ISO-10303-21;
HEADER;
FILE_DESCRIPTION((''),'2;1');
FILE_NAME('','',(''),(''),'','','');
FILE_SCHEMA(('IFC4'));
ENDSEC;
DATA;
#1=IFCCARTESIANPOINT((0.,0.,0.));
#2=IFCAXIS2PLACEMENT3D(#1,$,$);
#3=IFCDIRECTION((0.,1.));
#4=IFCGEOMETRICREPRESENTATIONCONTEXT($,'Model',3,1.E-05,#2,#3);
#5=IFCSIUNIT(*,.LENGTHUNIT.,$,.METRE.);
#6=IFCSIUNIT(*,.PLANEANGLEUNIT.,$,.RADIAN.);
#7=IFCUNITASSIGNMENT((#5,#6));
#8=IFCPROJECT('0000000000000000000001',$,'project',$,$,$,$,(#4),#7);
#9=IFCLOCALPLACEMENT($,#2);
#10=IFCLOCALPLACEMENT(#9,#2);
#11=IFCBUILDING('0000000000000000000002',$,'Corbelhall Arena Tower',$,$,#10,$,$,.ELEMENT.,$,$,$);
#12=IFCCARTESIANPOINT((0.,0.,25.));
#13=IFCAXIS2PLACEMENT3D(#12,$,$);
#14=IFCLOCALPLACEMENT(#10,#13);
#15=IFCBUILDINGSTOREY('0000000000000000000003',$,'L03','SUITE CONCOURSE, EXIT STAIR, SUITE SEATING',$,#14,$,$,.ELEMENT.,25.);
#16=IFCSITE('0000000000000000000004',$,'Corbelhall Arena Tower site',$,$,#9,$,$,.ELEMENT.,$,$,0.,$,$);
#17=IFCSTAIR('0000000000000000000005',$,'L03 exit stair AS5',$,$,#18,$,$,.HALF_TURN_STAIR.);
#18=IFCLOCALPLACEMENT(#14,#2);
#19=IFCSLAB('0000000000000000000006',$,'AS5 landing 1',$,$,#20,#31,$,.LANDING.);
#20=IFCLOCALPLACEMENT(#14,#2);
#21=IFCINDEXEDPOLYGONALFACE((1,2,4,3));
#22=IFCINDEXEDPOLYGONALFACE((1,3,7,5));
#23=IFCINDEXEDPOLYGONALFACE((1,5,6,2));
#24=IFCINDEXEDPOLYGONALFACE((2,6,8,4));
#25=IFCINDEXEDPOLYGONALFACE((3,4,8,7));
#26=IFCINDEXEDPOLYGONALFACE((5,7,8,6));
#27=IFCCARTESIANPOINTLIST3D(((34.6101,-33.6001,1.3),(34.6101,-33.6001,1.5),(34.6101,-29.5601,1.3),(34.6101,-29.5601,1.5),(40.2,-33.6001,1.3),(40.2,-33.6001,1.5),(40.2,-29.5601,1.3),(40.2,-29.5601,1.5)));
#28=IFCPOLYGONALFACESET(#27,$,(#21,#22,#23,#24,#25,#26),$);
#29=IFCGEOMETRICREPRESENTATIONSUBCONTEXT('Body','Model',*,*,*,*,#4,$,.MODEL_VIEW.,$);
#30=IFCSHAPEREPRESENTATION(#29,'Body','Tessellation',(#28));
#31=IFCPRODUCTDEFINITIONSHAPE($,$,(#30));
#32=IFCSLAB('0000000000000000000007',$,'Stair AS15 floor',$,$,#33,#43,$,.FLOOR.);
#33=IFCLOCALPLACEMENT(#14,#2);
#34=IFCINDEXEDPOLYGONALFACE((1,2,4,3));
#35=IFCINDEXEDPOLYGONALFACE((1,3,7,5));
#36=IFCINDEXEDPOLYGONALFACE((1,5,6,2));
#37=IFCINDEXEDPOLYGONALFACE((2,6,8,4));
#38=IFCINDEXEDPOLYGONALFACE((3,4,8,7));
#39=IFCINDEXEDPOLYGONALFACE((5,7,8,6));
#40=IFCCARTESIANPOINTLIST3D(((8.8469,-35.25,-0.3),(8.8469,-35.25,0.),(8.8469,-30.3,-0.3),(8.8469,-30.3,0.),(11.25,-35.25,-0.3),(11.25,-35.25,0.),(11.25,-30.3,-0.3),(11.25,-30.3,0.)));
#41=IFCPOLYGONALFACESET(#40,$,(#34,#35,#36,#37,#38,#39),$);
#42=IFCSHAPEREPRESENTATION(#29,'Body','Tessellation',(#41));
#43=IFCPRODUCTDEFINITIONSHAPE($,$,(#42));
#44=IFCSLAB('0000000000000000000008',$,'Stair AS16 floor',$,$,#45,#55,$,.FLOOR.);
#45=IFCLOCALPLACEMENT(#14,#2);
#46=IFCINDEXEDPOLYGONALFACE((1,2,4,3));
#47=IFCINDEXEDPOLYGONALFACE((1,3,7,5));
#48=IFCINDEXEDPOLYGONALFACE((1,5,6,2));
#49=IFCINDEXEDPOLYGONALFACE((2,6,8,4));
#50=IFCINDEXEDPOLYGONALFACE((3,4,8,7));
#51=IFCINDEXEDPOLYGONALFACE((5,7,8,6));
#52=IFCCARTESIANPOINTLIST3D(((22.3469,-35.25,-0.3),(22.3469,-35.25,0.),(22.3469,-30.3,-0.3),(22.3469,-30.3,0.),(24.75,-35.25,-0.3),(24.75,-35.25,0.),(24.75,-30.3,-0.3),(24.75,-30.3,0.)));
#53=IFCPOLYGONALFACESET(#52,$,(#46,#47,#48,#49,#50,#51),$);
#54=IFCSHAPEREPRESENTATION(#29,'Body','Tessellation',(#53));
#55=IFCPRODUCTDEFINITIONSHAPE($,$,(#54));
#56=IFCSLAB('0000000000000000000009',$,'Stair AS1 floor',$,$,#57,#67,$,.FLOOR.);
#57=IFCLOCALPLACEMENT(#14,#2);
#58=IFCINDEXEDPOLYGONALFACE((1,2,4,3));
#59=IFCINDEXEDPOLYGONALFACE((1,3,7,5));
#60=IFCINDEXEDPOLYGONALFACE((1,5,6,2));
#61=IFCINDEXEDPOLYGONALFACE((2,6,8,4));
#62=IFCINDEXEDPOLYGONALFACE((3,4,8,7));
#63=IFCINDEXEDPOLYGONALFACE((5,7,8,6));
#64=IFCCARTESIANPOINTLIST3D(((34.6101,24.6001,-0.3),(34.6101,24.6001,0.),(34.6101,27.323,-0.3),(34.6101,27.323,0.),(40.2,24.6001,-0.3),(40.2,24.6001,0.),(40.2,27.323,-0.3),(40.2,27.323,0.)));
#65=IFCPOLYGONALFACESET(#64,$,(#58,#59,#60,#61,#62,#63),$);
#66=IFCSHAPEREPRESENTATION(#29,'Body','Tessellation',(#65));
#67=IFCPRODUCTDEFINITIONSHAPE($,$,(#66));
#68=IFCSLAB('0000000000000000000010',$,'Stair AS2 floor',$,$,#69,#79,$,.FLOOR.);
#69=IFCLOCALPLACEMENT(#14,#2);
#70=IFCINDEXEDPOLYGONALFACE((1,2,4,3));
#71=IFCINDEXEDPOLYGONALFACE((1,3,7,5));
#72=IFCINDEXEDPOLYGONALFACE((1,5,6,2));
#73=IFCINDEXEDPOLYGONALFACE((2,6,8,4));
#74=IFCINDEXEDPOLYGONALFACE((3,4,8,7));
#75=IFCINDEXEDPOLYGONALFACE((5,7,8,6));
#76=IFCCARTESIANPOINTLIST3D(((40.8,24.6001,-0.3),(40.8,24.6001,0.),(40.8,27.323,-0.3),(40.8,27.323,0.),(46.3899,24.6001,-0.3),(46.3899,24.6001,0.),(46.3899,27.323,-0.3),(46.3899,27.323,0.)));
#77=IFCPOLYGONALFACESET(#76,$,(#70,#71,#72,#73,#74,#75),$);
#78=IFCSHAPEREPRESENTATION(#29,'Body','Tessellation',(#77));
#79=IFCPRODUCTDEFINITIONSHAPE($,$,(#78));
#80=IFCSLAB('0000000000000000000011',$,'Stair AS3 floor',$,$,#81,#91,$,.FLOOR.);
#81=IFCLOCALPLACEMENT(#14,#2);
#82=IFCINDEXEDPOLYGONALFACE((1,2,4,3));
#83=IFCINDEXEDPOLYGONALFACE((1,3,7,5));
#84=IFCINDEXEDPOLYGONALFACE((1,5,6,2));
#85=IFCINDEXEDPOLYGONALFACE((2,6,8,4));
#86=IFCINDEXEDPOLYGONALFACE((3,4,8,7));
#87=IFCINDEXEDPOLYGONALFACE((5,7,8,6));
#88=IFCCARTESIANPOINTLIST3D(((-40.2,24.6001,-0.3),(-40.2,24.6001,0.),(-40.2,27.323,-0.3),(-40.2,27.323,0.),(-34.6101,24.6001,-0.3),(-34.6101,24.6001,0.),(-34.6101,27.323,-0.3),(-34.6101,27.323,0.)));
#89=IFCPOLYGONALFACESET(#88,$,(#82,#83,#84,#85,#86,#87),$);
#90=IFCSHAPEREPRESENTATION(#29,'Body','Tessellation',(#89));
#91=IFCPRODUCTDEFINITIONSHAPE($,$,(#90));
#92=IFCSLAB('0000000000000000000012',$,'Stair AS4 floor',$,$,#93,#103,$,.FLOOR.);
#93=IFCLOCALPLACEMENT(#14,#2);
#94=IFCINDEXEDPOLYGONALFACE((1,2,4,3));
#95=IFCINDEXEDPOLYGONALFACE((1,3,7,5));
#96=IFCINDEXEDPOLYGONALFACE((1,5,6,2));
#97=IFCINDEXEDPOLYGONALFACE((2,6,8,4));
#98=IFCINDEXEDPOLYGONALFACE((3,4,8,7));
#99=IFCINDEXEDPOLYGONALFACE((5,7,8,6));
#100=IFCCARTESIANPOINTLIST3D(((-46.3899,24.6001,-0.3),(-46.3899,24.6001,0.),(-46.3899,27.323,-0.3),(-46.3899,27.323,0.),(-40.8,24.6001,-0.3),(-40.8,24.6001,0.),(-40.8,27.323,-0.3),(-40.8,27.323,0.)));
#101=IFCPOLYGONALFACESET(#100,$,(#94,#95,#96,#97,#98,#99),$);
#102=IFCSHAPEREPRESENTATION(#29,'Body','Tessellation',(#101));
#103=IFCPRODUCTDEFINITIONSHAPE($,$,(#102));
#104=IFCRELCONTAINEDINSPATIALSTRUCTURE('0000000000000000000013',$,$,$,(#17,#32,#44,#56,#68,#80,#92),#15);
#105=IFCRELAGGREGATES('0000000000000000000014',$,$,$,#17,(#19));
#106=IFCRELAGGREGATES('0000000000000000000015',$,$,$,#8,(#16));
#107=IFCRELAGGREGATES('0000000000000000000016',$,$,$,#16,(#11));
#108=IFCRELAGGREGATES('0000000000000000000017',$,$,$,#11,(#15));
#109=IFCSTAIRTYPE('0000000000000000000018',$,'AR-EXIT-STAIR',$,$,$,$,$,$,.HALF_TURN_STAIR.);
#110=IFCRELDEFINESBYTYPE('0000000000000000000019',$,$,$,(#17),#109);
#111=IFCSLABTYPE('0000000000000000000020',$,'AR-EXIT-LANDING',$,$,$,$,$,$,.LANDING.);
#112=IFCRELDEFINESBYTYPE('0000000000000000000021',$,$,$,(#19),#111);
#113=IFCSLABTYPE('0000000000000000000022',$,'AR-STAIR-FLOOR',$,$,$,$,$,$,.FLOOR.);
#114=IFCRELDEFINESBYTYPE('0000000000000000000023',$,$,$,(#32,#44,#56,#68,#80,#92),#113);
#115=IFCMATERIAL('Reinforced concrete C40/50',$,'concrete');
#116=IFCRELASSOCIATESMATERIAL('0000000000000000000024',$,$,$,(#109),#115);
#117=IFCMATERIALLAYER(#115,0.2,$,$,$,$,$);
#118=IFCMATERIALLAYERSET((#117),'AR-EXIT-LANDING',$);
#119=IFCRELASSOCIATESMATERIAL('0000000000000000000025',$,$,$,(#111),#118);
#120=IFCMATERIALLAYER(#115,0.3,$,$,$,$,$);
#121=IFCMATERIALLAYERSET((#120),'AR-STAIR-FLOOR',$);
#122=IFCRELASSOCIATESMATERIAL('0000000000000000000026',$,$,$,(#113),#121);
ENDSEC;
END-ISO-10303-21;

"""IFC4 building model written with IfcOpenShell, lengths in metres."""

from ifc_helpers import new_model, si_unit, direction, frame, origin, place, context, subcontext, project, spatial, polyline, outline, extrude, material, layer, layer_set, type_object, element, aggregate, save


model = new_model("IFC4")

# Units and contexts
model_context = context("Model", 3, precision=1e-05, world=origin(), true_north=direction((0.0, 1.0)))
body_context = subcontext(model_context, "Body", "Model", "MODEL_VIEW")
ifc_project = project(units=[si_unit("LENGTHUNIT", "METRE"), si_unit("PLANEANGLEUNIT", "RADIAN")], contexts=[model_context])

# Site, building, storey
site_placement = place(None, origin())
site = spatial("IfcSite", under=ifc_project, at=site_placement, Name="Corbelhall Arena Tower site", CompositionType="ELEMENT", RefElevation=0.0)
building_placement = place(site_placement, origin())
building = spatial("IfcBuilding", under=site, at=building_placement, Name="Corbelhall Arena Tower", CompositionType="ELEMENT")
storey_placement = place(building_placement, frame((0.0, 0.0, 25.0)))
storey = spatial("IfcBuildingStorey", under=building, at=storey_placement, Name="L03", Description="SUITE CONCOURSE, EXIT STAIR, SUITE SEATING", CompositionType="ELEMENT", Elevation=25.0)

# Shared definitions
ifc_material = material(Name="Reinforced concrete C40/50", Category="concrete")
stair_type = type_object("IfcStairType", Name="AR-EXIT-STAIR", PredefinedType="HALF_TURN_STAIR", material=ifc_material)
ifc_layer_1 = layer(ifc_material, 0.2)
ifc_layer_set_1 = layer_set([ifc_layer_1], Name="AR-EXIT-LANDING")
slab_type_1 = type_object("IfcSlabType", Name="AR-EXIT-LANDING", PredefinedType="LANDING", material=ifc_layer_set_1)

# Stair, slab
stair_1_placement = place(storey_placement, origin())
stair_1 = element("IfcStair", 1, at=stair_1_placement, inside=storey, type_object=stair_type, Name="L03 exit stair AS5", PredefinedType="HALF_TURN_STAIR")
slab_1_placement = place(storey_placement, frame((0.0, 0.0, 1.3)))
slab_1 = element("IfcSlab", 2, at=slab_1_placement, type_object=slab_type_1, Name="AS5 landing 1", PredefinedType="LANDING", context=body_context, shape_type="SweptSolid", body=[
    extrude(outline(polyline([(34.6101, -29.5601), (34.6101, -33.6001), (40.2, -33.6001), (40.2, -29.5601), (34.6101, -29.5601)])), origin(), (0.0, 0.0, 1.0), 0.2),
])
aggregate(stair_1, [slab_1])

# Slabs
ifc_layer_2 = layer(ifc_material, 0.3)
ifc_layer_set_2 = layer_set([ifc_layer_2], Name="AR-STAIR-FLOOR")
slab_type_2 = type_object("IfcSlabType", Name="AR-STAIR-FLOOR", PredefinedType="FLOOR", material=ifc_layer_set_2)
slab_2_placement = place(storey_placement, frame((0.0, 0.0, -0.3)))
element("IfcSlab", 3, at=slab_2_placement, inside=storey, type_object=slab_type_2, Name="Stair AS15 floor", PredefinedType="FLOOR", context=body_context, shape_type="SweptSolid", body=[
    extrude(outline(polyline([(11.25, -30.3), (11.25, -35.25), (8.8469, -35.25), (8.8469, -30.3), (11.25, -30.3)])), origin(), (0.0, 0.0, 1.0), 0.3),
])
slab_3_placement = place(storey_placement, frame((0.0, 0.0, -0.3)))
element("IfcSlab", 4, at=slab_3_placement, inside=storey, type_object=slab_type_2, Name="Stair AS16 floor", PredefinedType="FLOOR", context=body_context, shape_type="SweptSolid", body=[
    extrude(outline(polyline([(24.75, -30.3), (24.75, -35.25), (22.3469, -35.25), (22.3469, -30.3), (24.75, -30.3)])), origin(), (0.0, 0.0, 1.0), 0.3),
])
slab_4_placement = place(storey_placement, frame((0.0, 0.0, -0.3)))
element("IfcSlab", 5, at=slab_4_placement, inside=storey, type_object=slab_type_2, Name="Stair AS1 floor", PredefinedType="FLOOR", context=body_context, shape_type="SweptSolid", body=[
    extrude(outline(polyline([(40.2, 24.6001), (34.6101, 24.6001), (34.6101, 27.323), (40.2, 27.323), (40.2, 24.6001)])), origin(), (0.0, 0.0, 1.0), 0.3),
])
slab_5_placement = place(storey_placement, frame((0.0, 0.0, -0.3)))
element("IfcSlab", 6, at=slab_5_placement, inside=storey, type_object=slab_type_2, Name="Stair AS2 floor", PredefinedType="FLOOR", context=body_context, shape_type="SweptSolid", body=[
    extrude(outline(polyline([(46.3899, 24.6001), (40.8, 24.6001), (40.8, 27.323), (46.3899, 27.323), (46.3899, 24.6001)])), origin(), (0.0, 0.0, 1.0), 0.3),
])
slab_6_placement = place(storey_placement, frame((0.0, 0.0, -0.3)))
element("IfcSlab", 7, at=slab_6_placement, inside=storey, type_object=slab_type_2, Name="Stair AS3 floor", PredefinedType="FLOOR", context=body_context, shape_type="SweptSolid", body=[
    extrude(outline(polyline([(-34.6101, 24.6001), (-40.2, 24.6001), (-40.2, 27.323), (-34.6101, 27.323), (-34.6101, 24.6001)])), origin(), (0.0, 0.0, 1.0), 0.3),
])
slab_7_placement = place(storey_placement, frame((0.0, 0.0, -0.3)))
element("IfcSlab", 8, at=slab_7_placement, inside=storey, type_object=slab_type_2, Name="Stair AS4 floor", PredefinedType="FLOOR", context=body_context, shape_type="SweptSolid", body=[
    extrude(outline(polyline([(-40.8, 24.6001), (-46.3899, 24.6001), (-46.3899, 27.323), (-40.8, 27.323), (-40.8, 24.6001)])), origin(), (0.0, 0.0, 1.0), 0.3),
])

save(model, "model.ifc")
